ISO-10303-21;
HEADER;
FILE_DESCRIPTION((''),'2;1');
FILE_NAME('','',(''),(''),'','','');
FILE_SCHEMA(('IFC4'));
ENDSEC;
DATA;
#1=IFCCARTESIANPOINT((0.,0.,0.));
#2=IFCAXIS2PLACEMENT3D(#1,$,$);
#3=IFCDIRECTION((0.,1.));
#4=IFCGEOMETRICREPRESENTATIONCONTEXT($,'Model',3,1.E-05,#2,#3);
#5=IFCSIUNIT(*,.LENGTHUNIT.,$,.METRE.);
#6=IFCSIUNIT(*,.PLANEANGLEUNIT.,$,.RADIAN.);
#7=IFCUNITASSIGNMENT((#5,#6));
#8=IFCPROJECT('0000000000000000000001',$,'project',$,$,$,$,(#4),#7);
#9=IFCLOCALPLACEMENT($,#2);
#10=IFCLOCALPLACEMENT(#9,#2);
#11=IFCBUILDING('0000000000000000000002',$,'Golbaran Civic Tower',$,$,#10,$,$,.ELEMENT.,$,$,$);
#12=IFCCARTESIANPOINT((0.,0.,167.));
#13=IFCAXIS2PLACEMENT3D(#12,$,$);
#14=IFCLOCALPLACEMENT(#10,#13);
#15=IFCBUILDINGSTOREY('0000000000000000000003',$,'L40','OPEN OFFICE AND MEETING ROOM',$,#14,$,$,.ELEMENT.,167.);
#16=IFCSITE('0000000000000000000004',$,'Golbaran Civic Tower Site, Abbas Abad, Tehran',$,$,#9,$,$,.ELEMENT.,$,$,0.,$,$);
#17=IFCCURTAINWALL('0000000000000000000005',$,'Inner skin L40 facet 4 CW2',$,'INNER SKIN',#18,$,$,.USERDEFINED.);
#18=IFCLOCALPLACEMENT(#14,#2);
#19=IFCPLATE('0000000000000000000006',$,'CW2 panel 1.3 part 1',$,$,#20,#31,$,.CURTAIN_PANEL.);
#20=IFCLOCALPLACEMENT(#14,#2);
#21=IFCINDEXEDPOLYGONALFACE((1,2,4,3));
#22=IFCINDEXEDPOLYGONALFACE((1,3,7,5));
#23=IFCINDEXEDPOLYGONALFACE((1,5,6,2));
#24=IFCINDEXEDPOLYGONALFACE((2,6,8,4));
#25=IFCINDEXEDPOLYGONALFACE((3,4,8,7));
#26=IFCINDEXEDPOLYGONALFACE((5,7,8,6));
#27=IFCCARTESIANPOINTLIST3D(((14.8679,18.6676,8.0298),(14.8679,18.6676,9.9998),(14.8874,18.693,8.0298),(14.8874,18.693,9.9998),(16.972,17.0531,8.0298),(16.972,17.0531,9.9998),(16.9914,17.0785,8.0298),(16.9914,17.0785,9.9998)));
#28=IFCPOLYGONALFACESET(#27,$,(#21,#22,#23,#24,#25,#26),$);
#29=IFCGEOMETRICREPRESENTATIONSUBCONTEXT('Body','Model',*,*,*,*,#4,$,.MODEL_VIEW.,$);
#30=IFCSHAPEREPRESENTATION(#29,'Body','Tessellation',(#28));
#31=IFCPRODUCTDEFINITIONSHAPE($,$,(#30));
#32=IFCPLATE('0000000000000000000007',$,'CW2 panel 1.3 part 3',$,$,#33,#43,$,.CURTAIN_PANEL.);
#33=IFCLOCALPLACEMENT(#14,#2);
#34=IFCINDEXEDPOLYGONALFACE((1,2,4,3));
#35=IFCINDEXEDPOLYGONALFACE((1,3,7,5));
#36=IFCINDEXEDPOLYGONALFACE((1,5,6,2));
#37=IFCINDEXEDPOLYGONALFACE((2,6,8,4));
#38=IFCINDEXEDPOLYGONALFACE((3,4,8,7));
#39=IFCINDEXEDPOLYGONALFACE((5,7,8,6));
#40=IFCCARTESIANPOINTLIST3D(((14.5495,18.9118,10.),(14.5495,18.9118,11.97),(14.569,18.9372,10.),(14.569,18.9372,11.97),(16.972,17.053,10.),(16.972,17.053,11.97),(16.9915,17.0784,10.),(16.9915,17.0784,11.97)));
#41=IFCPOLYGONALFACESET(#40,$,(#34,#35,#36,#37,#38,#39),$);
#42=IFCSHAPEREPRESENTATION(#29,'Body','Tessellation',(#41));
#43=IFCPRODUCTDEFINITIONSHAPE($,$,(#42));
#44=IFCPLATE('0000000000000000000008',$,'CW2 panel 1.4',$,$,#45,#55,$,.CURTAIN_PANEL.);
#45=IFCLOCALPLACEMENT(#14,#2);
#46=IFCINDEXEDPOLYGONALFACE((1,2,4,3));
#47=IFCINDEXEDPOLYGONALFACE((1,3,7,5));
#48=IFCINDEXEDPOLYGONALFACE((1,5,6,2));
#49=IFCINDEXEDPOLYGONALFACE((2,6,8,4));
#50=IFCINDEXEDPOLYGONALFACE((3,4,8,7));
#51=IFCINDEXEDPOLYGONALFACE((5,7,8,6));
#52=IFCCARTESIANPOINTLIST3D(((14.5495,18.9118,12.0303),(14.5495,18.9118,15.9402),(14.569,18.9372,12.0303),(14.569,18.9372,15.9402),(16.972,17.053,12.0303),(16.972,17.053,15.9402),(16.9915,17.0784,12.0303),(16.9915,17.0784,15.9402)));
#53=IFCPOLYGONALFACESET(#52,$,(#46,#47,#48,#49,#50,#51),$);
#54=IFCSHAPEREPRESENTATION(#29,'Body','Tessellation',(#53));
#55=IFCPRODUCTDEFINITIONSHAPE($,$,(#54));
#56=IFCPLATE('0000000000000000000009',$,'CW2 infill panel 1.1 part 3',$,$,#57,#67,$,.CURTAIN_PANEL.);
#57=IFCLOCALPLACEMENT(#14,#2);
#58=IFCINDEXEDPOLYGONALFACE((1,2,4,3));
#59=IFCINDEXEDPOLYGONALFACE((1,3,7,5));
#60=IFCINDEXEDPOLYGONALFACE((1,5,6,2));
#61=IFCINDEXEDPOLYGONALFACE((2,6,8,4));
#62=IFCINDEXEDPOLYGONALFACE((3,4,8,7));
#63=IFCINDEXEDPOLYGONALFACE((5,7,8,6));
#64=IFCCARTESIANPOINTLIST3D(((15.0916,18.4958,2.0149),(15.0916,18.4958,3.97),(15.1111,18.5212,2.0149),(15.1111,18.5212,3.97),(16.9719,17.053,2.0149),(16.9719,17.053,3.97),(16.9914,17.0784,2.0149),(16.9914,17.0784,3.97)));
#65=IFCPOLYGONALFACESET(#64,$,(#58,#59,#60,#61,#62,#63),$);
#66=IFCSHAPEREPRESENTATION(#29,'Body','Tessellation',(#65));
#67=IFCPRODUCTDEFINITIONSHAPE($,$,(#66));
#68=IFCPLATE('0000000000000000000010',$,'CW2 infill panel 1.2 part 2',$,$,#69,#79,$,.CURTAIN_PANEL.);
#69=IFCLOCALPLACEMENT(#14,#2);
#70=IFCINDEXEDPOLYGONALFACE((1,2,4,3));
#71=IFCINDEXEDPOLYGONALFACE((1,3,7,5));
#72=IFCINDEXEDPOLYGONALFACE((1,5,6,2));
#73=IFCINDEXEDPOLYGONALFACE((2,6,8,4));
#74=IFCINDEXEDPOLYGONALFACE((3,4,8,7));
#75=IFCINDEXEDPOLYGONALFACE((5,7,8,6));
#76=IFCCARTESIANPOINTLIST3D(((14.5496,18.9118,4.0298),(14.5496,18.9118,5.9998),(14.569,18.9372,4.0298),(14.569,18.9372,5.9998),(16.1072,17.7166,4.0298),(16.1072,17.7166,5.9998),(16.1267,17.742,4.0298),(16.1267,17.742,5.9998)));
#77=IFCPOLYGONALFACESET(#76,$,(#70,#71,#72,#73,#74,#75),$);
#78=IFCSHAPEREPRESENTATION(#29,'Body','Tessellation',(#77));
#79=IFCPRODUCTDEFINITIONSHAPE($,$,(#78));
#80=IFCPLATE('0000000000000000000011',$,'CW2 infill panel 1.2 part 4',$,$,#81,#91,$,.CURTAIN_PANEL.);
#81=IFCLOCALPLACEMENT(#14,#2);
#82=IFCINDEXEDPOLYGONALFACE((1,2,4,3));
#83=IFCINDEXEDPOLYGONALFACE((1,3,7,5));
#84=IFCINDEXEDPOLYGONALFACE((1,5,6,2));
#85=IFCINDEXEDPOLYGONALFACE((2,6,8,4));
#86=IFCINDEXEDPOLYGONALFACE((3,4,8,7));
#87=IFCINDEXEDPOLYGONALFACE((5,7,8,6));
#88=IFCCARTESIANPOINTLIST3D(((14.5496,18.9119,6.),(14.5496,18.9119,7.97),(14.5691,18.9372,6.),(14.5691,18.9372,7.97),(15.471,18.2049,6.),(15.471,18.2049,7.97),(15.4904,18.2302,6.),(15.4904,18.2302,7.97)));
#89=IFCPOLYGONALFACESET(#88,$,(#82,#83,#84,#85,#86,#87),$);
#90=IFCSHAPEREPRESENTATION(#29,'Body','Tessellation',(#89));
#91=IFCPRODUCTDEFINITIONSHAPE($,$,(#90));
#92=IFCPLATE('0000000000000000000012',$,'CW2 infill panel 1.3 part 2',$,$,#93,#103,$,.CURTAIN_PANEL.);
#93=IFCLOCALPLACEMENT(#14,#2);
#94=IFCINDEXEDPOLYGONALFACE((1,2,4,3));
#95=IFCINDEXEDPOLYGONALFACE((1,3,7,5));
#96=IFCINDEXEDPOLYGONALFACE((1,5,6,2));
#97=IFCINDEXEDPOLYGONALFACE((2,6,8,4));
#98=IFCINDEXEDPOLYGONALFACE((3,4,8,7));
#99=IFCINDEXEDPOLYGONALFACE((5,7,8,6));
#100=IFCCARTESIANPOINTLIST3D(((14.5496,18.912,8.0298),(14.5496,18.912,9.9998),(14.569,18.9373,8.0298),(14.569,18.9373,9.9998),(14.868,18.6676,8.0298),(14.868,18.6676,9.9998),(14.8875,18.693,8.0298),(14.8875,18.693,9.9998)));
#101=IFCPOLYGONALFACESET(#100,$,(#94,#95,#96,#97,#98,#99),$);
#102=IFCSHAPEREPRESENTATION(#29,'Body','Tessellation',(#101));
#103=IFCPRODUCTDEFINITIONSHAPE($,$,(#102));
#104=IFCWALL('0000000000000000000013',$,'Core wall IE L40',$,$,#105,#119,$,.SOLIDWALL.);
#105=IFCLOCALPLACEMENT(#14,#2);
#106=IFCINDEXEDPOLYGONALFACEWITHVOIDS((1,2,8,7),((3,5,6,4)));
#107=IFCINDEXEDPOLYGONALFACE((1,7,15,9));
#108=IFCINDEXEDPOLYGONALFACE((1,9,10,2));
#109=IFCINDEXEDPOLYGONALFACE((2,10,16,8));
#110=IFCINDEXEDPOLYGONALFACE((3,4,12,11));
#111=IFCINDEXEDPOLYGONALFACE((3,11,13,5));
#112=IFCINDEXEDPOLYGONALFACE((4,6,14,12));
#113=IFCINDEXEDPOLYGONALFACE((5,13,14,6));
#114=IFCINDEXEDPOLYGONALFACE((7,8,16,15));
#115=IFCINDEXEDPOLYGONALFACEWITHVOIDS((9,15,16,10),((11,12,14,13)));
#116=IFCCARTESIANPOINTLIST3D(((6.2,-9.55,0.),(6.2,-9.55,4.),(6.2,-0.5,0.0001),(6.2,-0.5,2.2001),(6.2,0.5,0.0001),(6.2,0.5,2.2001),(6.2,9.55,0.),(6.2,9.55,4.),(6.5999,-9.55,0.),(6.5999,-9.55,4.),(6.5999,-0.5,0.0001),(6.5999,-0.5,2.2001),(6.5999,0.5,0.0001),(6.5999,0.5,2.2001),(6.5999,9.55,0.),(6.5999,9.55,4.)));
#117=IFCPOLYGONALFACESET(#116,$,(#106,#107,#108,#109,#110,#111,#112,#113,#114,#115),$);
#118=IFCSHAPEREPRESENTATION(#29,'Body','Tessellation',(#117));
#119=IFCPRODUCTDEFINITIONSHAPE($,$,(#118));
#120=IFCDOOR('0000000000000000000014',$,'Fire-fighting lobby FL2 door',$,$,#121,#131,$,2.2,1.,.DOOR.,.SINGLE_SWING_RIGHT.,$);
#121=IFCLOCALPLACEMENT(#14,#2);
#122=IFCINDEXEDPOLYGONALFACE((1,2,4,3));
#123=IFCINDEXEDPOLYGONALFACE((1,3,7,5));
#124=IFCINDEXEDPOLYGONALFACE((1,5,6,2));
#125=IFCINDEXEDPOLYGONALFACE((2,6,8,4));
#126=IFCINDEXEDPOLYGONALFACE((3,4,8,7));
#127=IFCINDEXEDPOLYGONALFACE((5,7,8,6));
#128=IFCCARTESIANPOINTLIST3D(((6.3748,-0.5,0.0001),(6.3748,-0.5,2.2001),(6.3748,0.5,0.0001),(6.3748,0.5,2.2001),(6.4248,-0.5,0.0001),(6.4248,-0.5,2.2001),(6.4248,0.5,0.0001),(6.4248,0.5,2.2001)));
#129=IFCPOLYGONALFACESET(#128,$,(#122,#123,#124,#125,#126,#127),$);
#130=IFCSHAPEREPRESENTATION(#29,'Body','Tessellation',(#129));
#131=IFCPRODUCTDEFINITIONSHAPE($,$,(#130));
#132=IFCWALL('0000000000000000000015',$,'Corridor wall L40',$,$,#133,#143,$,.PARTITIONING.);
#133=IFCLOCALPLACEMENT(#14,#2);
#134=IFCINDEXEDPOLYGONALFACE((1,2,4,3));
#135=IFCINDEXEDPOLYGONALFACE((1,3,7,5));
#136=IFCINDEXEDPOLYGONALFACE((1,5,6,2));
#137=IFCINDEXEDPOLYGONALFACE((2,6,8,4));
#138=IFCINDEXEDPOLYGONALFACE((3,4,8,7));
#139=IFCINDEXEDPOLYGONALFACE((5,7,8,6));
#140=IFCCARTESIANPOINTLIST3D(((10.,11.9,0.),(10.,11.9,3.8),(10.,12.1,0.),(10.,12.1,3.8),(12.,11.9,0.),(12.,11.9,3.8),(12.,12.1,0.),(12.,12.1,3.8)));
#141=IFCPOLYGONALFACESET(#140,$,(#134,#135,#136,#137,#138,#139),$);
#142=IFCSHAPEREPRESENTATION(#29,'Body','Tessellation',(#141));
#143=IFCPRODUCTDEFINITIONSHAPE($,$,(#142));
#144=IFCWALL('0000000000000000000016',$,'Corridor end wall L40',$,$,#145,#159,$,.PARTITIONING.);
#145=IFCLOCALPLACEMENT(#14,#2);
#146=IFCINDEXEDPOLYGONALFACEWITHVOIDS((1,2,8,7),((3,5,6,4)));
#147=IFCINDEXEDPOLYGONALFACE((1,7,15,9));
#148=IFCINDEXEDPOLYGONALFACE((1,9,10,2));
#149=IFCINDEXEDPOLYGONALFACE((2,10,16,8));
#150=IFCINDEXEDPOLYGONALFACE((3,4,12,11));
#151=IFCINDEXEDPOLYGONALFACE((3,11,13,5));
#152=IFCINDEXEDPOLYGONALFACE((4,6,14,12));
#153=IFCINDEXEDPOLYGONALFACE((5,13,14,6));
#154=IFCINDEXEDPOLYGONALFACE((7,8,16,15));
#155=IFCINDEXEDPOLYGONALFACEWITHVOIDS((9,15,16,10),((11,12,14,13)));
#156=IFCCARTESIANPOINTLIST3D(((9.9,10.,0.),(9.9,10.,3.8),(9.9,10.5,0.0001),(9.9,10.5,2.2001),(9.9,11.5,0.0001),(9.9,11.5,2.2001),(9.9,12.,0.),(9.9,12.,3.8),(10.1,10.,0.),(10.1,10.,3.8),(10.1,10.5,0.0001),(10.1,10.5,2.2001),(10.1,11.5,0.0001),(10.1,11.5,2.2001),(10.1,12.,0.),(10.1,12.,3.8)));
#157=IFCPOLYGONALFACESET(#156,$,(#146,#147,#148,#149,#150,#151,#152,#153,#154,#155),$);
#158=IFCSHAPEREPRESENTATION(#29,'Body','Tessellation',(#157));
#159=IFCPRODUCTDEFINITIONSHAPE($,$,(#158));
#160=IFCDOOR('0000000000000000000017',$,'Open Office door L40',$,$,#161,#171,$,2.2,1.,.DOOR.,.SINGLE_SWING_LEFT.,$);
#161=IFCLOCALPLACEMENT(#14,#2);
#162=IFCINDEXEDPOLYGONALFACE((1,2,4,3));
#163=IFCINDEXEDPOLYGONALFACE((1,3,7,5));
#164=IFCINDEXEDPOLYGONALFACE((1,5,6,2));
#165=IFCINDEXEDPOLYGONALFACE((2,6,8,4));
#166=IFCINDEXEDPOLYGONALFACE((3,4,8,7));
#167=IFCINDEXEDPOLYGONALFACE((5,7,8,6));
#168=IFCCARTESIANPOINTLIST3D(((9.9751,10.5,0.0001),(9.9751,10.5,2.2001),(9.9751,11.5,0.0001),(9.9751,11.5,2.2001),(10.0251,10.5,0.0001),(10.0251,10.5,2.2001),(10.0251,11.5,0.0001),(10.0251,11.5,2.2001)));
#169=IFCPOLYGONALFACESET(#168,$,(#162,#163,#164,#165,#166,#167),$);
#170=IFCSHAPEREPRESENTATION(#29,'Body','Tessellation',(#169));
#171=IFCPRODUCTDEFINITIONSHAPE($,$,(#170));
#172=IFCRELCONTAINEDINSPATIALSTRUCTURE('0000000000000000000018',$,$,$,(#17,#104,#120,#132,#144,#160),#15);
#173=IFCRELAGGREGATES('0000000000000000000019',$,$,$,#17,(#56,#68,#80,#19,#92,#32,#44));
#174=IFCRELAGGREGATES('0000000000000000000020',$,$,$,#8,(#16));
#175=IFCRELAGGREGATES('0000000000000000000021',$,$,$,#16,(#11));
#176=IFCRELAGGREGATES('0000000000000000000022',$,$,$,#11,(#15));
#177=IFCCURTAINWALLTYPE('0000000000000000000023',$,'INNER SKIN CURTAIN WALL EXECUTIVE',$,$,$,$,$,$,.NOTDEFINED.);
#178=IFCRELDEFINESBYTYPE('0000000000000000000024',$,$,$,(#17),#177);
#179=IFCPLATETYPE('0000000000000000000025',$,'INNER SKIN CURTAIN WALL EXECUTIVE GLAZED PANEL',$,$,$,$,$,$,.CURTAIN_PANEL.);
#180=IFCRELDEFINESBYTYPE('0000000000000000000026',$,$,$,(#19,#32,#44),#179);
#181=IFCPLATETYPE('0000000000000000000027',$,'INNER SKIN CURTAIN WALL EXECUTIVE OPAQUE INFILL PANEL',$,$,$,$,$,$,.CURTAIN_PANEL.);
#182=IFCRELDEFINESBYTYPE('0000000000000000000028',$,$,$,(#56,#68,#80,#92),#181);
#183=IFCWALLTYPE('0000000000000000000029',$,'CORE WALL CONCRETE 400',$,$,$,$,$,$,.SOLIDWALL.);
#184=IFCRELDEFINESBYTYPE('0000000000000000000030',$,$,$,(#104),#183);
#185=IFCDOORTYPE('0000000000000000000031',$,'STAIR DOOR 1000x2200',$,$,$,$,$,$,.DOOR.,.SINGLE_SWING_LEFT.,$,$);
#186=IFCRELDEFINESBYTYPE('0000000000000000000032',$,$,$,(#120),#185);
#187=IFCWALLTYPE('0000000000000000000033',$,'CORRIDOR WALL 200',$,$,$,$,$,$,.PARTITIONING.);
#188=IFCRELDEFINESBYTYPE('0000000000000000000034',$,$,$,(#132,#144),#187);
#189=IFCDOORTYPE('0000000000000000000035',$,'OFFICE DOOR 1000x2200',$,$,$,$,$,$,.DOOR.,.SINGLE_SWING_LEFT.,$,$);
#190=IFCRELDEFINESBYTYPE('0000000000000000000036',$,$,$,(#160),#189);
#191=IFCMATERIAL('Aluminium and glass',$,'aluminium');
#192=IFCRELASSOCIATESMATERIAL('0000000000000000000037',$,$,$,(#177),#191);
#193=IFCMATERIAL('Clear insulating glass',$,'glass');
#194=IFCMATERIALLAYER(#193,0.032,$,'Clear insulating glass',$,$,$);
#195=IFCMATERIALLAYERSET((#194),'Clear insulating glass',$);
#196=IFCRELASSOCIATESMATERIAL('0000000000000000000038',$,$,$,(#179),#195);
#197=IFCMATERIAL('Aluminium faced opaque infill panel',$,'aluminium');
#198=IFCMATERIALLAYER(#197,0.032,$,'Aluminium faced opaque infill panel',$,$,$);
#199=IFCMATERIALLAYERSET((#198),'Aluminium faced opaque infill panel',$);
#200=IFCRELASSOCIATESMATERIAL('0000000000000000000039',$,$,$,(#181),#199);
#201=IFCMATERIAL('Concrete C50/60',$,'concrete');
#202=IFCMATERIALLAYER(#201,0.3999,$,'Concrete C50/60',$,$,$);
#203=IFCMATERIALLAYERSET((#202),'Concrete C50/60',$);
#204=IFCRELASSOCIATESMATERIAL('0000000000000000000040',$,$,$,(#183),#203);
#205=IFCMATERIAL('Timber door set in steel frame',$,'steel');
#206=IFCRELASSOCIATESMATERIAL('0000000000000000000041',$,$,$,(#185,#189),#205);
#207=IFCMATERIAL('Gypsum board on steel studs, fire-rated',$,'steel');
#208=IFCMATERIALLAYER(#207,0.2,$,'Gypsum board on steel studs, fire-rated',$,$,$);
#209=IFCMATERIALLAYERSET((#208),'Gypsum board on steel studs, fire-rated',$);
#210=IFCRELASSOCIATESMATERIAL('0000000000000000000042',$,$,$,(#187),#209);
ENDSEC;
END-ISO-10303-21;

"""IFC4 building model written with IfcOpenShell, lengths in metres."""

from ifc_helpers import new_model, si_unit, direction, frame, frame_2d, origin, origin_2d, place, context, subcontext, project, spatial, rectangle, extrude, material, layer, layer_set, type_object, element, fill, aggregate, save


model = new_model("IFC4")

# Units and contexts
model_context = context("Model", 3, precision=1e-05, world=origin(), true_north=direction((0.0, 1.0)))
body_context = subcontext(model_context, "Body", "Model", "MODEL_VIEW")
ifc_project = project(units=[si_unit("LENGTHUNIT", "METRE"), si_unit("PLANEANGLEUNIT", "RADIAN")], contexts=[model_context])

# Site, building, storey
site_placement = place(None, origin())
site = spatial("IfcSite", under=ifc_project, at=site_placement, Name="Golbaran Civic Tower Site, Abbas Abad, Tehran", CompositionType="ELEMENT", RefElevation=0.0)
building_placement = place(site_placement, origin())
building = spatial("IfcBuilding", under=site, at=building_placement, Name="Golbaran Civic Tower", CompositionType="ELEMENT")
storey_placement = place(building_placement, frame((0.0, 0.0, 167.0)))
storey = spatial("IfcBuildingStorey", under=building, at=storey_placement, Name="L40", Description="OPEN OFFICE AND MEETING ROOM", CompositionType="ELEMENT", Elevation=167.0)

# Curtain wall
ifc_material_1 = material(Name="Aluminium and glass", Category="aluminium")
curtain_wall_type = type_object("IfcCurtainWallType", Name="INNER SKIN CURTAIN WALL EXECUTIVE", PredefinedType="NOTDEFINED", material=ifc_material_1)
curtain_wall_placement = place(storey_placement, origin())
curtain_wall = element("IfcCurtainWall", 1, at=curtain_wall_placement, inside=storey, type_object=curtain_wall_type, Name="Inner skin L40 facet 4 CW2", ObjectType="INNER SKIN", PredefinedType="USERDEFINED")

# Plates
ifc_material_2 = material(Name="Clear insulating glass", Category="glass")
ifc_layer_1 = layer(ifc_material_2, 0.032, Name="Clear insulating glass")
ifc_layer_set_1 = layer_set([ifc_layer_1], Name="Clear insulating glass")
plate_type_1 = type_object("IfcPlateType", Name="INNER SKIN CURTAIN WALL EXECUTIVE GLAZED PANEL", PredefinedType="CURTAIN_PANEL", material=ifc_layer_set_1)
plate_1_placement = place(storey_placement, frame((15.9297, 17.873, 8.0298), z_axis=(0.0, 0.0, 1.0), x_axis=(-0.793353, 0.608761, 0.0)))
plate_1 = element("IfcPlate", 2, at=plate_1_placement, type_object=plate_type_1, Name="CW2 panel 1.3 part 1", PredefinedType="CURTAIN_PANEL", context=body_context, shape_type="SweptSolid", body=[
    extrude(rectangle(XDim=2.6521, YDim=0.032, at=origin_2d()), origin(), (0.0, 0.0, 1.0), 1.97),
])
plate_2_placement = place(storey_placement, frame((15.7705, 17.9951, 10.0), z_axis=(0.0, 0.0, 1.0), x_axis=(-0.793353, 0.608761, 0.0)))
plate_2 = element("IfcPlate", 3, at=plate_2_placement, type_object=plate_type_1, Name="CW2 panel 1.3 part 3", PredefinedType="CURTAIN_PANEL", context=body_context, shape_type="SweptSolid", body=[
    extrude(rectangle(XDim=3.0535, YDim=0.032, at=origin_2d()), origin(), (0.0, 0.0, 1.0), 1.97),
])
plate_3_placement = place(storey_placement, frame((15.7705, 17.9951, 12.0303), z_axis=(0.0, 0.0, 1.0), x_axis=(-0.793353, 0.608761, 0.0)))
plate_3 = element("IfcPlate", 4, at=plate_3_placement, type_object=plate_type_1, Name="CW2 panel 1.4", PredefinedType="CURTAIN_PANEL", context=body_context, shape_type="SweptSolid", body=[
    extrude(rectangle(XDim=3.0535, YDim=0.032, at=origin_2d()), origin(), (0.0, 0.0, 1.0), 3.9099),
])
ifc_material_3 = material(Name="Aluminium faced opaque infill panel", Category="aluminium")
ifc_layer_2 = layer(ifc_material_3, 0.032, Name="Aluminium faced opaque infill panel")
ifc_layer_set_2 = layer_set([ifc_layer_2], Name="Aluminium faced opaque infill panel")
plate_type_2 = type_object("IfcPlateType", Name="INNER SKIN CURTAIN WALL EXECUTIVE OPAQUE INFILL PANEL", PredefinedType="CURTAIN_PANEL", material=ifc_layer_set_2)
plate_4_placement = place(storey_placement, frame((16.0415, 17.7871, 2.0149), z_axis=(0.0, 0.0, 1.0), x_axis=(-0.793353, 0.608761, 0.0)))
plate_4 = element("IfcPlate", 5, at=plate_4_placement, type_object=plate_type_2, Name="CW2 infill panel 1.1 part 3", PredefinedType="CURTAIN_PANEL", context=body_context, shape_type="SweptSolid", body=[
    extrude(rectangle(XDim=2.3701, YDim=0.032, at=origin_2d()), origin(), (0.0, 0.0, 1.0), 1.9551),
])
plate_5_placement = place(storey_placement, frame((15.3381, 18.3269, 4.0298), z_axis=(0.0, 0.0, 1.0), x_axis=(-0.793353, 0.608761, 0.0)))
plate_5 = element("IfcPlate", 6, at=plate_5_placement, type_object=plate_type_2, Name="CW2 infill panel 1.2 part 2", PredefinedType="CURTAIN_PANEL", context=body_context, shape_type="SweptSolid", body=[
    extrude(rectangle(XDim=1.9634, YDim=0.032, at=origin_2d()), origin(), (0.0, 0.0, 1.0), 1.97),
])
plate_6_placement = place(storey_placement, frame((15.02, 18.571, 6.0), z_axis=(0.0, 0.0, 1.0), x_axis=(-0.793353, 0.608761, 0.0)))
plate_6 = element("IfcPlate", 7, at=plate_6_placement, type_object=plate_type_2, Name="CW2 infill panel 1.2 part 4", PredefinedType="CURTAIN_PANEL", context=body_context, shape_type="SweptSolid", body=[
    extrude(rectangle(XDim=1.1614, YDim=0.032, at=origin_2d()), origin(), (0.0, 0.0, 1.0), 1.97),
])
plate_7_placement = place(storey_placement, frame((14.7185, 18.8025, 8.0298), z_axis=(0.0, 0.0, 1.0), x_axis=(-0.793353, 0.608761, 0.0)))
plate_7 = element("IfcPlate", 8, at=plate_7_placement, type_object=plate_type_2, Name="CW2 infill panel 1.3 part 2", PredefinedType="CURTAIN_PANEL", context=body_context, shape_type="SweptSolid", body=[
    extrude(rectangle(XDim=0.4014, YDim=0.032, at=origin_2d()), origin(), (0.0, 0.0, 1.0), 1.97),
])
aggregate(curtain_wall, [plate_4, plate_5, plate_6, plate_1, plate_7, plate_2, plate_3])

# Wall, opening, door
ifc_material_4 = material(Name="Concrete C50/60", Category="concrete")
ifc_layer_3 = layer(ifc_material_4, 0.3999, Name="Concrete C50/60")
ifc_layer_set_3 = layer_set([ifc_layer_3], Name="Concrete C50/60")
wall_type_1 = type_object("IfcWallType", Name="CORE WALL CONCRETE 400", PredefinedType="SOLIDWALL", material=ifc_layer_set_3)
wall_1_placement = place(storey_placement, frame((6.3999, 9.55, 0.0), z_axis=(0.0, 0.0, 1.0), x_axis=(0.0, -1.0, 0.0)))
wall_1 = element("IfcWall", 9, at=wall_1_placement, inside=storey, type_object=wall_type_1, Name="Core wall IE L40", PredefinedType="SOLIDWALL", context=body_context, shape_type="SweptSolid", body=[
    extrude(rectangle(XDim=19.1001, YDim=0.3999, at=frame_2d((9.55, 0.0))), origin(), (0.0, 0.0, 1.0), 4.0),
])
opening_1_placement = place(wall_1_placement, frame((9.05, 0.0, 0.0)))
opening_1 = element("IfcOpeningElement", 10, at=opening_1_placement, cuts=wall_1, PredefinedType="OPENING", context=body_context, shape_type="SweptSolid", body=[
    extrude(rectangle(XDim=1.0, YDim=2.2, at=frame_2d((0.5, 1.1001))), frame((0.0, 0.21, 0.0), z_axis=(0.0, -1.0, 0.0), x_axis=(1.0, 0.0, 0.0)), (0.0, 0.0, 1.0), 0.4199),
])
ifc_material_5 = material(Name="Timber door set in steel frame", Category="steel")
door_type_1 = type_object("IfcDoorType", Name="STAIR DOOR 1000x2200", OperationType="SINGLE_SWING_LEFT", PredefinedType="DOOR", material=ifc_material_5)
door_1_placement = place(opening_1_placement, origin())
door_1 = element("IfcDoor", 11, at=door_1_placement, inside=storey, type_object=door_type_1, Name="Fire-fighting lobby FL2 door", OperationType="SINGLE_SWING_RIGHT", OverallHeight=2.2, OverallWidth=1.0, PredefinedType="DOOR", context=body_context, shape_type="SweptSolid", body=[
    extrude(rectangle(XDim=1.0, YDim=2.2, at=frame_2d((0.5, 1.1001))), frame((0.0, 0.0249, 0.0), z_axis=(0.0, -1.0, 0.0), x_axis=(1.0, 0.0, 0.0)), (0.0, 0.0, 1.0), 0.05),
])
fill(opening_1, door_1)

# Wall
ifc_material_6 = material(Name="Gypsum board on steel studs, fire-rated", Category="steel")
ifc_layer_4 = layer(ifc_material_6, 0.2, Name="Gypsum board on steel studs, fire-rated")
ifc_layer_set_4 = layer_set([ifc_layer_4], Name="Gypsum board on steel studs, fire-rated")
wall_type_2 = type_object("IfcWallType", Name="CORRIDOR WALL 200", PredefinedType="PARTITIONING", material=ifc_layer_set_4)
wall_2_placement = place(storey_placement, frame((12.0, 12.0, 0.0), z_axis=(0.0, 0.0, 1.0), x_axis=(-1.0, 0.0, 0.0)))
element("IfcWall", 12, at=wall_2_placement, inside=storey, type_object=wall_type_2, Name="Corridor wall L40", PredefinedType="PARTITIONING", context=body_context, shape_type="SweptSolid", body=[
    extrude(rectangle(XDim=2.0, YDim=0.2, at=frame_2d((1.0, 0.0))), origin(), (0.0, 0.0, 1.0), 3.8),
])

# Wall, opening, door
wall_3_placement = place(storey_placement, frame((10.0, 10.0, 0.0), z_axis=(0.0, 0.0, 1.0), x_axis=(0.0, 1.0, 0.0)))
wall_3 = element("IfcWall", 13, at=wall_3_placement, inside=storey, type_object=wall_type_2, Name="Corridor end wall L40", PredefinedType="PARTITIONING", context=body_context, shape_type="SweptSolid", body=[
    extrude(rectangle(XDim=2.0, YDim=0.2, at=frame_2d((1.0, 0.0))), origin(), (0.0, 0.0, 1.0), 3.8),
])
opening_2_placement = place(wall_3_placement, frame((0.5, 0.0, 0.0)))
opening_2 = element("IfcOpeningElement", 14, at=opening_2_placement, cuts=wall_3, PredefinedType="OPENING", context=body_context, shape_type="SweptSolid", body=[
    extrude(rectangle(XDim=1.0, YDim=2.2, at=frame_2d((0.5, 1.1001))), frame((0.0, 0.1099, 0.0), z_axis=(0.0, -1.0, 0.0), x_axis=(1.0, 0.0, 0.0)), (0.0, 0.0, 1.0), 0.22),
])
door_type_2 = type_object("IfcDoorType", Name="OFFICE DOOR 1000x2200", OperationType="SINGLE_SWING_LEFT", PredefinedType="DOOR", material=ifc_material_5)
door_2_placement = place(opening_2_placement, origin())
door_2 = element("IfcDoor", 15, at=door_2_placement, inside=storey, type_object=door_type_2, Name="Open Office door L40", OperationType="SINGLE_SWING_LEFT", OverallHeight=2.2, OverallWidth=1.0, PredefinedType="DOOR", context=body_context, shape_type="SweptSolid", body=[
    extrude(rectangle(XDim=1.0, YDim=2.2, at=frame_2d((0.5, 1.1001))), frame((0.0, 0.0249, 0.0), z_axis=(0.0, -1.0, 0.0), x_axis=(1.0, 0.0, 0.0)), (0.0, 0.0, 1.0), 0.05),
])
fill(opening_2, door_2)

save(model, "model.ifc")
